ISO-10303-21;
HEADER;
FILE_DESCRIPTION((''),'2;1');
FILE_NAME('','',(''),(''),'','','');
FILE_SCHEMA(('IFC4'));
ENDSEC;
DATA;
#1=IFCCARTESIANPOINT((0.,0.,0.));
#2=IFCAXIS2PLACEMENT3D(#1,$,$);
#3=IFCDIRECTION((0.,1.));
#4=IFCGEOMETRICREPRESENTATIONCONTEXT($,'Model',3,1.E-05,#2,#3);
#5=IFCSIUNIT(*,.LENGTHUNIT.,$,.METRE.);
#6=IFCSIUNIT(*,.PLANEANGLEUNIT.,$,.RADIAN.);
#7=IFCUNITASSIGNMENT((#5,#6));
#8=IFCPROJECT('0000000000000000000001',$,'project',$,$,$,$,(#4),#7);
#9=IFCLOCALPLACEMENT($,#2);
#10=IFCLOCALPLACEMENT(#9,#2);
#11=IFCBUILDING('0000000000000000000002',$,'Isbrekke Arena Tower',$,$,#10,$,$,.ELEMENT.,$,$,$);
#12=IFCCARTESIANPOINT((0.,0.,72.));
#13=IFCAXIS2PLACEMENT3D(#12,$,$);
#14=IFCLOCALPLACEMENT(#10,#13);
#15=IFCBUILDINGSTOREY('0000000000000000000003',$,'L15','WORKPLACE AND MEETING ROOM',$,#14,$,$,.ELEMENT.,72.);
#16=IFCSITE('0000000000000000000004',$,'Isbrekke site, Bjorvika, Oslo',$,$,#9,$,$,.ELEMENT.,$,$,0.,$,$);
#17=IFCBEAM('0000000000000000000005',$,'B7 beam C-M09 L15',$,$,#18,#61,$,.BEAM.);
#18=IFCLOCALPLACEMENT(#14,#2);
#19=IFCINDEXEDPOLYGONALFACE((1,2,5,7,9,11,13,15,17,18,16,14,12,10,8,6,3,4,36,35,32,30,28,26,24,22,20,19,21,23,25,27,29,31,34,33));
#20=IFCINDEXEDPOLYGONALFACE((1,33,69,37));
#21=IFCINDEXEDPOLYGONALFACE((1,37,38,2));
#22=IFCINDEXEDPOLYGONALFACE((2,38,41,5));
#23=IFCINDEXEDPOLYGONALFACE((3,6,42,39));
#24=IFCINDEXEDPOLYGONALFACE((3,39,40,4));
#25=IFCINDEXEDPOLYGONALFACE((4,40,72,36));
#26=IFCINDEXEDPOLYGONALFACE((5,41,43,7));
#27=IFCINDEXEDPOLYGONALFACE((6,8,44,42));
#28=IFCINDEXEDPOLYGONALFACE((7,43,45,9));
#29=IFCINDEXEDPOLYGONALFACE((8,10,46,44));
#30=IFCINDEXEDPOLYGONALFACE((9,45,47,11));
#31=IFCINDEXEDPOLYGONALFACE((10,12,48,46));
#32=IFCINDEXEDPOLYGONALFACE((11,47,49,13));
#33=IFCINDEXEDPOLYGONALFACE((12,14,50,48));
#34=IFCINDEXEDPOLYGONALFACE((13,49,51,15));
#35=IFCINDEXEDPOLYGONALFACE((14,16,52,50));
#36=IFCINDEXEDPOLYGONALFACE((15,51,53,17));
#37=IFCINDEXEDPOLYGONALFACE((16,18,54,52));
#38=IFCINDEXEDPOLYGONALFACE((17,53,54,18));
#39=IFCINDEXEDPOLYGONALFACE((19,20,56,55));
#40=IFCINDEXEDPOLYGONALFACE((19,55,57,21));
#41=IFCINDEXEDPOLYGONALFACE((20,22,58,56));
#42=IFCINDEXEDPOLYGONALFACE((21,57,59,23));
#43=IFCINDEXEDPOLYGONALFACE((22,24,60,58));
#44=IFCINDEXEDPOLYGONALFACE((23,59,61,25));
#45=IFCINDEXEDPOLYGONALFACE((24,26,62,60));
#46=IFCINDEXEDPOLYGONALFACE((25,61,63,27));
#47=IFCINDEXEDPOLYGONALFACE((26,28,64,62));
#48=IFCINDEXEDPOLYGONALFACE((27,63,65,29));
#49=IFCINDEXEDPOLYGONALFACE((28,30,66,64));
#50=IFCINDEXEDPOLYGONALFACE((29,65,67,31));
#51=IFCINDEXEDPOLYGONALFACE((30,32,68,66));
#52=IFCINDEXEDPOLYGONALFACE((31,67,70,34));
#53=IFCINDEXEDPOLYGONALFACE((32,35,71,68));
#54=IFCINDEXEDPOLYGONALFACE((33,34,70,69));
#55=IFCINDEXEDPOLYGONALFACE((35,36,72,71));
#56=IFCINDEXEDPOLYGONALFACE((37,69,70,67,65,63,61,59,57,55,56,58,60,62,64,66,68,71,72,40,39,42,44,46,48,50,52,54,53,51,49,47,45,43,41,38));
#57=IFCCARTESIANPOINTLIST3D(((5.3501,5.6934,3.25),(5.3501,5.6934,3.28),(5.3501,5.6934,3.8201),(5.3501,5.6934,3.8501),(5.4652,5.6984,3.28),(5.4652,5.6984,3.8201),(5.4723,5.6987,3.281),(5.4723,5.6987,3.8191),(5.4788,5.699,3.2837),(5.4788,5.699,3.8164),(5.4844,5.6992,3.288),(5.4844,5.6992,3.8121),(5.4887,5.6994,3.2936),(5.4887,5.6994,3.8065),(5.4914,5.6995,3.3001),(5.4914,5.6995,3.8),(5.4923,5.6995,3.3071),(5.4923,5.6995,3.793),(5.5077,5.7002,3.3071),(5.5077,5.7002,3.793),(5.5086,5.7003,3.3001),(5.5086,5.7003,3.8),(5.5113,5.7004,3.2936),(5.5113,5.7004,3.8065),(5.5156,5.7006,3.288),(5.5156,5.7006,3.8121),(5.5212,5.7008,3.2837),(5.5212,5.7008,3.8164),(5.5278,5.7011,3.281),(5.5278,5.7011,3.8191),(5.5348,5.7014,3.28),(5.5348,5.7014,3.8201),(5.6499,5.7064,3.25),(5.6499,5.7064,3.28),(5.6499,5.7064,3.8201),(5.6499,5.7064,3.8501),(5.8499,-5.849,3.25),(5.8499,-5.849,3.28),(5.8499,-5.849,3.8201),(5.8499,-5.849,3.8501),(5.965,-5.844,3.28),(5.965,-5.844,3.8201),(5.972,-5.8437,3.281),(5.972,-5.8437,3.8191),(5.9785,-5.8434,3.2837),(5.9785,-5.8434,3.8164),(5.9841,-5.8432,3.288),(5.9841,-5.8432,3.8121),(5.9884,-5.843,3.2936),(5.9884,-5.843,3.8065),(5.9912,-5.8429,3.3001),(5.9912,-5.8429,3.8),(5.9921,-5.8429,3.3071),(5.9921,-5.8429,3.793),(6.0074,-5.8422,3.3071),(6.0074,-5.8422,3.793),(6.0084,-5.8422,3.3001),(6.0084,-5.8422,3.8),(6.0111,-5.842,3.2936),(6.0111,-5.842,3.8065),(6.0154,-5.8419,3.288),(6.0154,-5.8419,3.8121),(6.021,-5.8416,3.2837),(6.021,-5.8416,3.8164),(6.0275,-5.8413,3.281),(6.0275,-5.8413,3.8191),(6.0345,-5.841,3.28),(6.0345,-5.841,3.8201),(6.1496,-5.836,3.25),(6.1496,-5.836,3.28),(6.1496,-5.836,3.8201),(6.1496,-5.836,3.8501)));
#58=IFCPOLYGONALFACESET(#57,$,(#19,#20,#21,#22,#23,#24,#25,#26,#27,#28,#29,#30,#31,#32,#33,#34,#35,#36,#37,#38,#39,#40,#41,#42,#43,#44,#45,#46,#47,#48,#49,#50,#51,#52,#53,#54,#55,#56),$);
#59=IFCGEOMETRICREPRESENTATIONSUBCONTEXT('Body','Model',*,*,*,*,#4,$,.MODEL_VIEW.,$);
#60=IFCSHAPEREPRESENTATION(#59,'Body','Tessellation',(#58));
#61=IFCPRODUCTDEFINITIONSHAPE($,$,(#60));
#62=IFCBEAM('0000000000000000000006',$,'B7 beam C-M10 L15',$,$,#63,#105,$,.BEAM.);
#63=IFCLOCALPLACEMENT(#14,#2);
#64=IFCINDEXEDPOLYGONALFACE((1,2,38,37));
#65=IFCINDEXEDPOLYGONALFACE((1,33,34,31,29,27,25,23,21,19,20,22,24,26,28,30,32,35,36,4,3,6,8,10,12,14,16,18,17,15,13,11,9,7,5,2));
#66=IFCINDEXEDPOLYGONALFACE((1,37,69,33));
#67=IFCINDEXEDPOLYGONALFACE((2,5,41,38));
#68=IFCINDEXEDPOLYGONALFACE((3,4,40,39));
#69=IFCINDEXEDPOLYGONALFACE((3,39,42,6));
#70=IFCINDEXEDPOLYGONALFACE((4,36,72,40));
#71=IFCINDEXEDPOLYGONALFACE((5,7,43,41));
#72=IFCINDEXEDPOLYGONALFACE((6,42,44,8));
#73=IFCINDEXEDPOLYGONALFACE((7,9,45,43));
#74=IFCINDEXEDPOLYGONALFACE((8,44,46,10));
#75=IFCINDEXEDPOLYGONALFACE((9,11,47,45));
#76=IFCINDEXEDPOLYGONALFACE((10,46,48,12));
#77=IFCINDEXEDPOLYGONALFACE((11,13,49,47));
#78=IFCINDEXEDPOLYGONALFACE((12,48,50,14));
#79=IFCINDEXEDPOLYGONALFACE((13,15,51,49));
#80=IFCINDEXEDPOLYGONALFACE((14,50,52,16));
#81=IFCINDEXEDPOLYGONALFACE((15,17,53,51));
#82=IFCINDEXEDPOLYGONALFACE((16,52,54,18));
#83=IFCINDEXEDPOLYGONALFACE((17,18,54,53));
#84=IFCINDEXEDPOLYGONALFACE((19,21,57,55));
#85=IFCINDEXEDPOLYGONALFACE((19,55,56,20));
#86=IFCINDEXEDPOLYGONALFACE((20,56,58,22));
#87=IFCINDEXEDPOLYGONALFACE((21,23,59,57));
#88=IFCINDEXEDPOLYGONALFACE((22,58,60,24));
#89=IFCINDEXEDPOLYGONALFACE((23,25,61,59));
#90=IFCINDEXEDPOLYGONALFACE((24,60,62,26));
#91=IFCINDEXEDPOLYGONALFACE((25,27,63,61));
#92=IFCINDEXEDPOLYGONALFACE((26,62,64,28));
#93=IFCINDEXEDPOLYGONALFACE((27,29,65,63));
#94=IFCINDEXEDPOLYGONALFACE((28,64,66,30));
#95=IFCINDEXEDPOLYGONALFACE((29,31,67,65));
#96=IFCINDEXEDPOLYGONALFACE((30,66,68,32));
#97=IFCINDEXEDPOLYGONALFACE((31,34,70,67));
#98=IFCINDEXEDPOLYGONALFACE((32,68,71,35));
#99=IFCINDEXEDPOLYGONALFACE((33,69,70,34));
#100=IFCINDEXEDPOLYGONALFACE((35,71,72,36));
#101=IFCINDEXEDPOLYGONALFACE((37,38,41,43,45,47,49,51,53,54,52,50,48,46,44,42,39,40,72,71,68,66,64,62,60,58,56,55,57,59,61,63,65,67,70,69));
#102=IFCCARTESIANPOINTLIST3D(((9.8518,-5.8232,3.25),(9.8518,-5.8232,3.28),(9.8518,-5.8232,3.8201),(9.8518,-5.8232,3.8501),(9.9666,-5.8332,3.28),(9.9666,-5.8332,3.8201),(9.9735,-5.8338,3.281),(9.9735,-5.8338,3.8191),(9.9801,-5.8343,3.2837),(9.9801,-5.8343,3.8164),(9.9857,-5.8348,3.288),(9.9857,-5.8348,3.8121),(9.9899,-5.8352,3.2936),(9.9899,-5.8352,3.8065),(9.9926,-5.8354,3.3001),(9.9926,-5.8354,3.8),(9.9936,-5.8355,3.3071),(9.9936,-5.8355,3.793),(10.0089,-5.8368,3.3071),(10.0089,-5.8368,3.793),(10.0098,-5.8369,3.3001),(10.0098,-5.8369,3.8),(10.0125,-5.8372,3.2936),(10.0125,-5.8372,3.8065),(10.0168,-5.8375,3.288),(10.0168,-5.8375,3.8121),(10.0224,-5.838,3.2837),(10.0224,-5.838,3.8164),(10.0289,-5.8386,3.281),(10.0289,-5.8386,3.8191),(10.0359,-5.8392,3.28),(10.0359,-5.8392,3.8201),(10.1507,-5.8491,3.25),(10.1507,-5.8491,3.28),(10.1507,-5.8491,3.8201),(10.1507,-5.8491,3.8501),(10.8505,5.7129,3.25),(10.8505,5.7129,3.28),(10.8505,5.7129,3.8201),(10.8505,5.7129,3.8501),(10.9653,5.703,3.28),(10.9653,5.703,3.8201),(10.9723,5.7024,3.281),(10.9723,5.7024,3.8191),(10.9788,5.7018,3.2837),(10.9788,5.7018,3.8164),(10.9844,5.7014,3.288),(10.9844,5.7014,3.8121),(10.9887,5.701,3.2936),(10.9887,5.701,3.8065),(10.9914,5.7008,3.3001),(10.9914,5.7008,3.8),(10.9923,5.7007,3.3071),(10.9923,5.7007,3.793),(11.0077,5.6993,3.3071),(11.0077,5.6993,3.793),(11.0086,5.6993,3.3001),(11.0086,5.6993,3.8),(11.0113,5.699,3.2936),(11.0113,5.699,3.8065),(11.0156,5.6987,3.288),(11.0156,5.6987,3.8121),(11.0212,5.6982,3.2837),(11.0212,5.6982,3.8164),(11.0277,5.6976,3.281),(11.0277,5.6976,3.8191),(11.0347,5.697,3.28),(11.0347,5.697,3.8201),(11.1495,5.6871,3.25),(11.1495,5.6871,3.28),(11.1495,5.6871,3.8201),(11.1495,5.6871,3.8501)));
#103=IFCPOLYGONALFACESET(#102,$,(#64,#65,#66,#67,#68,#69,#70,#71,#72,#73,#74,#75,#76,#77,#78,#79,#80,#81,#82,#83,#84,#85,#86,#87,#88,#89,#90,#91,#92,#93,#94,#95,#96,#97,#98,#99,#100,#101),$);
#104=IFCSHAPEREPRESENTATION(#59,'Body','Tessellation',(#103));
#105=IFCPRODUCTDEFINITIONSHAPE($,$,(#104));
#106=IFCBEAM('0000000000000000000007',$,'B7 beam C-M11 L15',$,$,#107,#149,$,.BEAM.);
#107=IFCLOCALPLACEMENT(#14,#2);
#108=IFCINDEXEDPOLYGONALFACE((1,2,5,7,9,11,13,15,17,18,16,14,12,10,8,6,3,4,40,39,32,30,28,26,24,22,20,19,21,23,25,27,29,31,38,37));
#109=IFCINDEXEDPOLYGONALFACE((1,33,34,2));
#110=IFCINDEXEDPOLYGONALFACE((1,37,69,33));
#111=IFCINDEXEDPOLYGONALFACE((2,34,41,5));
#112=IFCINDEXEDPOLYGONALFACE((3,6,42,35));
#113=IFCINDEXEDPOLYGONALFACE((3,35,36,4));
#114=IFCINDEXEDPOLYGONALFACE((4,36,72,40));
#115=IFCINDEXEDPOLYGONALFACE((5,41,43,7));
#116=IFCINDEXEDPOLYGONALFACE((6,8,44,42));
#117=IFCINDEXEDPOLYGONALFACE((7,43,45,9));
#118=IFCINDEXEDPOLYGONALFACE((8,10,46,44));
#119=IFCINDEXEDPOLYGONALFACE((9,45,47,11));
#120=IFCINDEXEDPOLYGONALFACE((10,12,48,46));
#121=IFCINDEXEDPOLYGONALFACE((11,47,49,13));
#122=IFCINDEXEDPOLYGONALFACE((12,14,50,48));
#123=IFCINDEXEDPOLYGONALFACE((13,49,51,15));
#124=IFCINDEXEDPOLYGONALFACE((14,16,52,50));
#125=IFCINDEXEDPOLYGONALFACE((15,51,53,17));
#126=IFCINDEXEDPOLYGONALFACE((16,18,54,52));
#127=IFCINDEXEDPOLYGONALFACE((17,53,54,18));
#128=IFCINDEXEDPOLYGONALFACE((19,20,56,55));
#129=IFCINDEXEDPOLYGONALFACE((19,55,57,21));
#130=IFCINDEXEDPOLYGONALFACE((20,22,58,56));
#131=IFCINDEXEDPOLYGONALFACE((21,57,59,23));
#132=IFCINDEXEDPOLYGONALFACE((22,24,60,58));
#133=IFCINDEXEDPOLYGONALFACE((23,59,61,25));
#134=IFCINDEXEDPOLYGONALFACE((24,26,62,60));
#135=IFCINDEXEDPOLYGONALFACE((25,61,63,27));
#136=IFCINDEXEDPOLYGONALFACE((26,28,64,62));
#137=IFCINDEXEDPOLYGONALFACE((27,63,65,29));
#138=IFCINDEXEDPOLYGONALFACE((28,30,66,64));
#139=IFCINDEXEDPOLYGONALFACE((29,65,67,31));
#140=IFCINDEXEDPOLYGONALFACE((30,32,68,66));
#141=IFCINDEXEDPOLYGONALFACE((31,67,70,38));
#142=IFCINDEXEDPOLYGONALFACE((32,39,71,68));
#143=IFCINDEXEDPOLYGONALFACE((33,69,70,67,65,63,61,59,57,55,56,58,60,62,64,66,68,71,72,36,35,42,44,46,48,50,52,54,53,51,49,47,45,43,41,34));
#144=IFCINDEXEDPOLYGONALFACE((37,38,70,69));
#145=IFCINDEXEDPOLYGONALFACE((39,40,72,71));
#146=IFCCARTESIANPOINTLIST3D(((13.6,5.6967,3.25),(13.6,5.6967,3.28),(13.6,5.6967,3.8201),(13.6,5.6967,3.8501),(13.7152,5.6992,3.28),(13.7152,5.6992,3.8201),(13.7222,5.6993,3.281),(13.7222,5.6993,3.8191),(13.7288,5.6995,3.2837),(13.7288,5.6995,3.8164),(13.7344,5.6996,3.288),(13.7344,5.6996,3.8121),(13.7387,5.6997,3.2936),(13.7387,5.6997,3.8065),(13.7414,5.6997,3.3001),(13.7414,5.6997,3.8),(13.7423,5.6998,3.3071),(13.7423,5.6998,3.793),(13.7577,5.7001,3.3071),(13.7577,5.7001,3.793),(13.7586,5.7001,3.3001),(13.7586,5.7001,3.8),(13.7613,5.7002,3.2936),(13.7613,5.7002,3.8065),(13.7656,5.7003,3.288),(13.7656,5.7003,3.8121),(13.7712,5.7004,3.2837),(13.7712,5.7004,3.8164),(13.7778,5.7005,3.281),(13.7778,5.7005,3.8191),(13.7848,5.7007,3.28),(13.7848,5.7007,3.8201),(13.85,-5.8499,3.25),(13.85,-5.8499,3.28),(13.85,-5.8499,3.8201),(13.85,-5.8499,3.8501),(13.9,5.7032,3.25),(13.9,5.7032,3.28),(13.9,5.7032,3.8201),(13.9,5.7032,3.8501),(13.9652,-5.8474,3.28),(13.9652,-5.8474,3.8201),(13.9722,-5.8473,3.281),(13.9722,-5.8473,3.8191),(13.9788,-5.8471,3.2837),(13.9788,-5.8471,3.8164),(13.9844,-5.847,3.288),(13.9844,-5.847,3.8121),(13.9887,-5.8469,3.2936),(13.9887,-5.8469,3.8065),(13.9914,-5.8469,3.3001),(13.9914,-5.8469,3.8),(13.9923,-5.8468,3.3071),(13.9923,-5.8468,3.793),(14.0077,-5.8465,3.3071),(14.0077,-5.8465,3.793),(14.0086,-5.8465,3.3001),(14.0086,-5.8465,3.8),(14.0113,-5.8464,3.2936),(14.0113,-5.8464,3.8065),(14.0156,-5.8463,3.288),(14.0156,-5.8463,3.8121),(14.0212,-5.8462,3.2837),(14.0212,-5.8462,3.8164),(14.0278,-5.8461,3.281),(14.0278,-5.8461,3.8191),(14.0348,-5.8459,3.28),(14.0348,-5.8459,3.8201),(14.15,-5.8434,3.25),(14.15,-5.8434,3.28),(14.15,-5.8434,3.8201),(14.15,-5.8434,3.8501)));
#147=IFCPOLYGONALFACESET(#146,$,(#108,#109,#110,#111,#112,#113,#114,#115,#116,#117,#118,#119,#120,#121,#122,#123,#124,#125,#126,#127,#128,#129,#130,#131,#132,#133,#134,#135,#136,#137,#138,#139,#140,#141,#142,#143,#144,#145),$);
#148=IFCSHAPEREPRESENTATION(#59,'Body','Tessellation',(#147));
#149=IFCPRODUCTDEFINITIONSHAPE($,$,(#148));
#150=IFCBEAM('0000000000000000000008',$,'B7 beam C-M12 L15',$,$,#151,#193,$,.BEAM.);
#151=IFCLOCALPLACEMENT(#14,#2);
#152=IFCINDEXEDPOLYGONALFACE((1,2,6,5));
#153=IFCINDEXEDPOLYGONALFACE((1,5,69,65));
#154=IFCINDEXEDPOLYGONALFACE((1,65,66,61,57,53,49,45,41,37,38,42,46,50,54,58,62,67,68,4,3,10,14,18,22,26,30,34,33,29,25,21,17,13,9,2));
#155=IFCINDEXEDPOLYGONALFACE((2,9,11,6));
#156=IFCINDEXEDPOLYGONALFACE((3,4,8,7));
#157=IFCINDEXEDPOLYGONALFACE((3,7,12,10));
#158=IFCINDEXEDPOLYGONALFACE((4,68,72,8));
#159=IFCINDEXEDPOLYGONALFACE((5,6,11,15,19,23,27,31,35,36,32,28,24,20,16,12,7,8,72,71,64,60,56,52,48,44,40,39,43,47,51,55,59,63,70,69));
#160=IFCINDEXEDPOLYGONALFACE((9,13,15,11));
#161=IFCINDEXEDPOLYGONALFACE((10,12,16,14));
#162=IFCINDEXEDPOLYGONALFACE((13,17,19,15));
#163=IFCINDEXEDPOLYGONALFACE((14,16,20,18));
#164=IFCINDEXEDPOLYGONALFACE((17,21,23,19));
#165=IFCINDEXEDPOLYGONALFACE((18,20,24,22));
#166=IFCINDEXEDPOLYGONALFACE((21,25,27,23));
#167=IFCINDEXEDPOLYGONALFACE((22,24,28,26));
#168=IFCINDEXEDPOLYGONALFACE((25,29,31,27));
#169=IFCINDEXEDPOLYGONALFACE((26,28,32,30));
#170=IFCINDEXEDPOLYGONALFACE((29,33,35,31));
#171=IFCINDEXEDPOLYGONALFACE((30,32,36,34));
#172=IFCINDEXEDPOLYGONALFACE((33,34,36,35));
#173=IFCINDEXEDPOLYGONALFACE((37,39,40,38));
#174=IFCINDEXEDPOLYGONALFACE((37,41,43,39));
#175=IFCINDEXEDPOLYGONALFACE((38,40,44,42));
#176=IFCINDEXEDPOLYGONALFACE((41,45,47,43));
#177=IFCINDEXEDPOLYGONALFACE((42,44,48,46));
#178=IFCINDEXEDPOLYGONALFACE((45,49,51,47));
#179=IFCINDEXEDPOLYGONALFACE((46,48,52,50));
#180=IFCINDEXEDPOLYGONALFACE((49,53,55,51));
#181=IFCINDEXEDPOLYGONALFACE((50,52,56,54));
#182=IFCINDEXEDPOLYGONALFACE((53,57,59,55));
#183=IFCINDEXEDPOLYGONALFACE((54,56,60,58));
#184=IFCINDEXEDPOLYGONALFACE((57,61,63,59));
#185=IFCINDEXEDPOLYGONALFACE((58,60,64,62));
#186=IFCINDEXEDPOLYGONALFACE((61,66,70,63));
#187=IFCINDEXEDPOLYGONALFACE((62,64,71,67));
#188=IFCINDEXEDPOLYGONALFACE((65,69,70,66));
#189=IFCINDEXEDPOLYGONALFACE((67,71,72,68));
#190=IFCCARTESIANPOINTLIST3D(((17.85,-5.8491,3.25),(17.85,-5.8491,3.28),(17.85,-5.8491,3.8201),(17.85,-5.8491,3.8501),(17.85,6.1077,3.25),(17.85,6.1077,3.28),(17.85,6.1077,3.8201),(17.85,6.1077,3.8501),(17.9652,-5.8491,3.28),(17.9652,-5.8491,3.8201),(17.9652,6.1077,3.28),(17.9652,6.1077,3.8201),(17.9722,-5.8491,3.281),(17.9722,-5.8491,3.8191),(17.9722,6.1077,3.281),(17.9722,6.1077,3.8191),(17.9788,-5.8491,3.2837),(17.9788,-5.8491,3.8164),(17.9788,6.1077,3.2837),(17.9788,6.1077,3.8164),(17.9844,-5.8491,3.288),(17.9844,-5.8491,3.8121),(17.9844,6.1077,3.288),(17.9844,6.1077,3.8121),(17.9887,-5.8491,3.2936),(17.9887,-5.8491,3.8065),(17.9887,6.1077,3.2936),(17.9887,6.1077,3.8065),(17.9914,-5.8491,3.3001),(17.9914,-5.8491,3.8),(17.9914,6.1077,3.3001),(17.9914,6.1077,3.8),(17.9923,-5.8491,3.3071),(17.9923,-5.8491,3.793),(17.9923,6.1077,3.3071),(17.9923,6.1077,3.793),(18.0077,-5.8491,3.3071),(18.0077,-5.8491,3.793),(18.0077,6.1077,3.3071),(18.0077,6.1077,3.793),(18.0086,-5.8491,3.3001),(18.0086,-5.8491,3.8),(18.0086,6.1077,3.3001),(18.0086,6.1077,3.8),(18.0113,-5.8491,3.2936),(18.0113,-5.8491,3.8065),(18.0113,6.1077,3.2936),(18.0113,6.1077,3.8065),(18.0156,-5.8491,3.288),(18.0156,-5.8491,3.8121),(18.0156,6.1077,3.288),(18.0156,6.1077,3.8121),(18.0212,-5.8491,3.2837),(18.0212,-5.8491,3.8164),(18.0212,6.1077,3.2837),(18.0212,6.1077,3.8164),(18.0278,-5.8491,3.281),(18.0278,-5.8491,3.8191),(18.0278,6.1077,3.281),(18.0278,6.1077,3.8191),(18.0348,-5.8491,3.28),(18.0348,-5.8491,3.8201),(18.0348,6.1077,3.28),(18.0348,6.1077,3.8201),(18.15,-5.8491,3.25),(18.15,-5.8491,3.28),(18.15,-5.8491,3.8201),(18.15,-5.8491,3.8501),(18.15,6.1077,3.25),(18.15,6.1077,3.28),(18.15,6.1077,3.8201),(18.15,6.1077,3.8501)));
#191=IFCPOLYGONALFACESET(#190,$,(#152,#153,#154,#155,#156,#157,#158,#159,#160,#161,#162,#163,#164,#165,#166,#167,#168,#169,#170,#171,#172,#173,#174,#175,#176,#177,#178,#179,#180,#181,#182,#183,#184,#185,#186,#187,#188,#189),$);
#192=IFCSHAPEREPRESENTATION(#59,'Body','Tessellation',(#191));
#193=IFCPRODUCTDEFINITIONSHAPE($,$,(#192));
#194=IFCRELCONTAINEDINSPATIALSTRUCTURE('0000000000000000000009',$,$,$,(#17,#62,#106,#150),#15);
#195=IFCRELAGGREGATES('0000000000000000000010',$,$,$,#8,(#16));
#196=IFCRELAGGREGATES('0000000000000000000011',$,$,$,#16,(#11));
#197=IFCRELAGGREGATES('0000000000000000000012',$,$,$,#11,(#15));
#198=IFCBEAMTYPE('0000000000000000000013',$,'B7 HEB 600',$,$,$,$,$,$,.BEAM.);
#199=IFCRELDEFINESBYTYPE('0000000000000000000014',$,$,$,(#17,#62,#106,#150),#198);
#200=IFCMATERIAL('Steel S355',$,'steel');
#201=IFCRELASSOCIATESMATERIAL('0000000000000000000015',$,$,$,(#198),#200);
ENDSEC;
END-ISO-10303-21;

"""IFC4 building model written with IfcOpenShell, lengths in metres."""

from ifc_helpers import new_model, si_unit, direction, frame, origin, origin_2d, place, context, subcontext, project, spatial, i_section, extrude, material, material_profile, profile_set, type_object, element, save


model = new_model("IFC4")

# Units and contexts
model_context = context("Model", 3, precision=1e-05, world=origin(), true_north=direction((0.0, 1.0)))
body_context = subcontext(model_context, "Body", "Model", "MODEL_VIEW")
ifc_project = project(units=[si_unit("LENGTHUNIT", "METRE"), si_unit("PLANEANGLEUNIT", "RADIAN")], contexts=[model_context])

# Site, building, storey
site_placement = place(None, origin())
site = spatial("IfcSite", under=ifc_project, at=site_placement, Name="Isbrekke site, Bjorvika, Oslo", CompositionType="ELEMENT", RefElevation=0.0)
building_placement = place(site_placement, origin())
building = spatial("IfcBuilding", under=site, at=building_placement, Name="Isbrekke Arena Tower", CompositionType="ELEMENT")
storey_placement = place(building_placement, frame((0.0, 0.0, 72.0)))
storey = spatial("IfcBuildingStorey", under=building, at=storey_placement, Name="L15", Description="WORKPLACE AND MEETING ROOM", CompositionType="ELEMENT", Elevation=72.0)

# Beams
ifc_material_1 = material(Name="Steel S355", Category="steel")
ifc_material_profile_1 = material_profile(ifc_material_1, i_section(OverallWidth=0.3, OverallDepth=0.6001, WebThickness=0.0154, FlangeThickness=0.03, FilletRadius=0.0271, at=origin_2d()), Name="HEB 600")
ifc_profile_set_1 = profile_set([ifc_material_profile_1], Name="Steel S355")
beam_type_1 = type_object("IfcBeamType", Name="B7 HEB 600", PredefinedType="BEAM", material=ifc_profile_set_1)
beam_1_placement = place(storey_placement, frame((5.9998, -5.8425, 3.55), z_axis=(-0.043257, 0.999064, 0.0), x_axis=(-0.999064, -0.043257, 0.0)))
element("IfcBeam", 1, at=beam_1_placement, inside=storey, type_object=beam_type_1, Name="B7 beam C-M09 L15", PredefinedType="BEAM", context=body_context, shape_type="SweptSolid", body=[
    extrude(i_section(OverallWidth=0.3, OverallDepth=0.6001, WebThickness=0.0154, FlangeThickness=0.03, FilletRadius=0.0271, at=origin_2d()), origin(), (0.0, 0.0, 1.0), 11.5532),
])
beam_2_placement = place(storey_placement, frame((10.0012, -5.8362, 3.55), z_axis=(0.086256, 0.996273, 0.0), x_axis=(-0.996273, 0.086256, 0.0)))
element("IfcBeam", 2, at=beam_2_placement, inside=storey, type_object=beam_type_1, Name="B7 beam C-M10 L15", PredefinedType="BEAM", context=body_context, shape_type="SweptSolid", body=[
    extrude(i_section(OverallWidth=0.3, OverallDepth=0.6001, WebThickness=0.0154, FlangeThickness=0.03, FilletRadius=0.0271, at=origin_2d()), origin(), (0.0, 0.0, 1.0), 11.5793),
])
beam_3_placement = place(storey_placement, frame((14.0, -5.8467, 3.55), z_axis=(-0.021646, 0.999766, 0.0), x_axis=(-0.999766, -0.021646, 0.0)))
element("IfcBeam", 3, at=beam_3_placement, inside=storey, type_object=beam_type_1, Name="B7 beam C-M11 L15", PredefinedType="BEAM", context=body_context, shape_type="SweptSolid", body=[
    extrude(i_section(OverallWidth=0.3, OverallDepth=0.6001, WebThickness=0.0154, FlangeThickness=0.03, FilletRadius=0.0271, at=origin_2d()), origin(), (0.0, 0.0, 1.0), 11.5493),
])
beam_4_placement = place(storey_placement, frame((18.0, -5.8491, 3.55), z_axis=(0.0, 1.0, 0.0), x_axis=(-1.0, 0.0, 0.0)))
element("IfcBeam", 4, at=beam_4_placement, inside=storey, type_object=beam_type_1, Name="B7 beam C-M12 L15", PredefinedType="BEAM", context=body_context, shape_type="SweptSolid", body=[
    extrude(i_section(OverallWidth=0.3, OverallDepth=0.6001, WebThickness=0.0154, FlangeThickness=0.03, FilletRadius=0.0271, at=origin_2d()), origin(), (0.0, 0.0, 1.0), 11.9568),
])

save(model, "model.ifc")
